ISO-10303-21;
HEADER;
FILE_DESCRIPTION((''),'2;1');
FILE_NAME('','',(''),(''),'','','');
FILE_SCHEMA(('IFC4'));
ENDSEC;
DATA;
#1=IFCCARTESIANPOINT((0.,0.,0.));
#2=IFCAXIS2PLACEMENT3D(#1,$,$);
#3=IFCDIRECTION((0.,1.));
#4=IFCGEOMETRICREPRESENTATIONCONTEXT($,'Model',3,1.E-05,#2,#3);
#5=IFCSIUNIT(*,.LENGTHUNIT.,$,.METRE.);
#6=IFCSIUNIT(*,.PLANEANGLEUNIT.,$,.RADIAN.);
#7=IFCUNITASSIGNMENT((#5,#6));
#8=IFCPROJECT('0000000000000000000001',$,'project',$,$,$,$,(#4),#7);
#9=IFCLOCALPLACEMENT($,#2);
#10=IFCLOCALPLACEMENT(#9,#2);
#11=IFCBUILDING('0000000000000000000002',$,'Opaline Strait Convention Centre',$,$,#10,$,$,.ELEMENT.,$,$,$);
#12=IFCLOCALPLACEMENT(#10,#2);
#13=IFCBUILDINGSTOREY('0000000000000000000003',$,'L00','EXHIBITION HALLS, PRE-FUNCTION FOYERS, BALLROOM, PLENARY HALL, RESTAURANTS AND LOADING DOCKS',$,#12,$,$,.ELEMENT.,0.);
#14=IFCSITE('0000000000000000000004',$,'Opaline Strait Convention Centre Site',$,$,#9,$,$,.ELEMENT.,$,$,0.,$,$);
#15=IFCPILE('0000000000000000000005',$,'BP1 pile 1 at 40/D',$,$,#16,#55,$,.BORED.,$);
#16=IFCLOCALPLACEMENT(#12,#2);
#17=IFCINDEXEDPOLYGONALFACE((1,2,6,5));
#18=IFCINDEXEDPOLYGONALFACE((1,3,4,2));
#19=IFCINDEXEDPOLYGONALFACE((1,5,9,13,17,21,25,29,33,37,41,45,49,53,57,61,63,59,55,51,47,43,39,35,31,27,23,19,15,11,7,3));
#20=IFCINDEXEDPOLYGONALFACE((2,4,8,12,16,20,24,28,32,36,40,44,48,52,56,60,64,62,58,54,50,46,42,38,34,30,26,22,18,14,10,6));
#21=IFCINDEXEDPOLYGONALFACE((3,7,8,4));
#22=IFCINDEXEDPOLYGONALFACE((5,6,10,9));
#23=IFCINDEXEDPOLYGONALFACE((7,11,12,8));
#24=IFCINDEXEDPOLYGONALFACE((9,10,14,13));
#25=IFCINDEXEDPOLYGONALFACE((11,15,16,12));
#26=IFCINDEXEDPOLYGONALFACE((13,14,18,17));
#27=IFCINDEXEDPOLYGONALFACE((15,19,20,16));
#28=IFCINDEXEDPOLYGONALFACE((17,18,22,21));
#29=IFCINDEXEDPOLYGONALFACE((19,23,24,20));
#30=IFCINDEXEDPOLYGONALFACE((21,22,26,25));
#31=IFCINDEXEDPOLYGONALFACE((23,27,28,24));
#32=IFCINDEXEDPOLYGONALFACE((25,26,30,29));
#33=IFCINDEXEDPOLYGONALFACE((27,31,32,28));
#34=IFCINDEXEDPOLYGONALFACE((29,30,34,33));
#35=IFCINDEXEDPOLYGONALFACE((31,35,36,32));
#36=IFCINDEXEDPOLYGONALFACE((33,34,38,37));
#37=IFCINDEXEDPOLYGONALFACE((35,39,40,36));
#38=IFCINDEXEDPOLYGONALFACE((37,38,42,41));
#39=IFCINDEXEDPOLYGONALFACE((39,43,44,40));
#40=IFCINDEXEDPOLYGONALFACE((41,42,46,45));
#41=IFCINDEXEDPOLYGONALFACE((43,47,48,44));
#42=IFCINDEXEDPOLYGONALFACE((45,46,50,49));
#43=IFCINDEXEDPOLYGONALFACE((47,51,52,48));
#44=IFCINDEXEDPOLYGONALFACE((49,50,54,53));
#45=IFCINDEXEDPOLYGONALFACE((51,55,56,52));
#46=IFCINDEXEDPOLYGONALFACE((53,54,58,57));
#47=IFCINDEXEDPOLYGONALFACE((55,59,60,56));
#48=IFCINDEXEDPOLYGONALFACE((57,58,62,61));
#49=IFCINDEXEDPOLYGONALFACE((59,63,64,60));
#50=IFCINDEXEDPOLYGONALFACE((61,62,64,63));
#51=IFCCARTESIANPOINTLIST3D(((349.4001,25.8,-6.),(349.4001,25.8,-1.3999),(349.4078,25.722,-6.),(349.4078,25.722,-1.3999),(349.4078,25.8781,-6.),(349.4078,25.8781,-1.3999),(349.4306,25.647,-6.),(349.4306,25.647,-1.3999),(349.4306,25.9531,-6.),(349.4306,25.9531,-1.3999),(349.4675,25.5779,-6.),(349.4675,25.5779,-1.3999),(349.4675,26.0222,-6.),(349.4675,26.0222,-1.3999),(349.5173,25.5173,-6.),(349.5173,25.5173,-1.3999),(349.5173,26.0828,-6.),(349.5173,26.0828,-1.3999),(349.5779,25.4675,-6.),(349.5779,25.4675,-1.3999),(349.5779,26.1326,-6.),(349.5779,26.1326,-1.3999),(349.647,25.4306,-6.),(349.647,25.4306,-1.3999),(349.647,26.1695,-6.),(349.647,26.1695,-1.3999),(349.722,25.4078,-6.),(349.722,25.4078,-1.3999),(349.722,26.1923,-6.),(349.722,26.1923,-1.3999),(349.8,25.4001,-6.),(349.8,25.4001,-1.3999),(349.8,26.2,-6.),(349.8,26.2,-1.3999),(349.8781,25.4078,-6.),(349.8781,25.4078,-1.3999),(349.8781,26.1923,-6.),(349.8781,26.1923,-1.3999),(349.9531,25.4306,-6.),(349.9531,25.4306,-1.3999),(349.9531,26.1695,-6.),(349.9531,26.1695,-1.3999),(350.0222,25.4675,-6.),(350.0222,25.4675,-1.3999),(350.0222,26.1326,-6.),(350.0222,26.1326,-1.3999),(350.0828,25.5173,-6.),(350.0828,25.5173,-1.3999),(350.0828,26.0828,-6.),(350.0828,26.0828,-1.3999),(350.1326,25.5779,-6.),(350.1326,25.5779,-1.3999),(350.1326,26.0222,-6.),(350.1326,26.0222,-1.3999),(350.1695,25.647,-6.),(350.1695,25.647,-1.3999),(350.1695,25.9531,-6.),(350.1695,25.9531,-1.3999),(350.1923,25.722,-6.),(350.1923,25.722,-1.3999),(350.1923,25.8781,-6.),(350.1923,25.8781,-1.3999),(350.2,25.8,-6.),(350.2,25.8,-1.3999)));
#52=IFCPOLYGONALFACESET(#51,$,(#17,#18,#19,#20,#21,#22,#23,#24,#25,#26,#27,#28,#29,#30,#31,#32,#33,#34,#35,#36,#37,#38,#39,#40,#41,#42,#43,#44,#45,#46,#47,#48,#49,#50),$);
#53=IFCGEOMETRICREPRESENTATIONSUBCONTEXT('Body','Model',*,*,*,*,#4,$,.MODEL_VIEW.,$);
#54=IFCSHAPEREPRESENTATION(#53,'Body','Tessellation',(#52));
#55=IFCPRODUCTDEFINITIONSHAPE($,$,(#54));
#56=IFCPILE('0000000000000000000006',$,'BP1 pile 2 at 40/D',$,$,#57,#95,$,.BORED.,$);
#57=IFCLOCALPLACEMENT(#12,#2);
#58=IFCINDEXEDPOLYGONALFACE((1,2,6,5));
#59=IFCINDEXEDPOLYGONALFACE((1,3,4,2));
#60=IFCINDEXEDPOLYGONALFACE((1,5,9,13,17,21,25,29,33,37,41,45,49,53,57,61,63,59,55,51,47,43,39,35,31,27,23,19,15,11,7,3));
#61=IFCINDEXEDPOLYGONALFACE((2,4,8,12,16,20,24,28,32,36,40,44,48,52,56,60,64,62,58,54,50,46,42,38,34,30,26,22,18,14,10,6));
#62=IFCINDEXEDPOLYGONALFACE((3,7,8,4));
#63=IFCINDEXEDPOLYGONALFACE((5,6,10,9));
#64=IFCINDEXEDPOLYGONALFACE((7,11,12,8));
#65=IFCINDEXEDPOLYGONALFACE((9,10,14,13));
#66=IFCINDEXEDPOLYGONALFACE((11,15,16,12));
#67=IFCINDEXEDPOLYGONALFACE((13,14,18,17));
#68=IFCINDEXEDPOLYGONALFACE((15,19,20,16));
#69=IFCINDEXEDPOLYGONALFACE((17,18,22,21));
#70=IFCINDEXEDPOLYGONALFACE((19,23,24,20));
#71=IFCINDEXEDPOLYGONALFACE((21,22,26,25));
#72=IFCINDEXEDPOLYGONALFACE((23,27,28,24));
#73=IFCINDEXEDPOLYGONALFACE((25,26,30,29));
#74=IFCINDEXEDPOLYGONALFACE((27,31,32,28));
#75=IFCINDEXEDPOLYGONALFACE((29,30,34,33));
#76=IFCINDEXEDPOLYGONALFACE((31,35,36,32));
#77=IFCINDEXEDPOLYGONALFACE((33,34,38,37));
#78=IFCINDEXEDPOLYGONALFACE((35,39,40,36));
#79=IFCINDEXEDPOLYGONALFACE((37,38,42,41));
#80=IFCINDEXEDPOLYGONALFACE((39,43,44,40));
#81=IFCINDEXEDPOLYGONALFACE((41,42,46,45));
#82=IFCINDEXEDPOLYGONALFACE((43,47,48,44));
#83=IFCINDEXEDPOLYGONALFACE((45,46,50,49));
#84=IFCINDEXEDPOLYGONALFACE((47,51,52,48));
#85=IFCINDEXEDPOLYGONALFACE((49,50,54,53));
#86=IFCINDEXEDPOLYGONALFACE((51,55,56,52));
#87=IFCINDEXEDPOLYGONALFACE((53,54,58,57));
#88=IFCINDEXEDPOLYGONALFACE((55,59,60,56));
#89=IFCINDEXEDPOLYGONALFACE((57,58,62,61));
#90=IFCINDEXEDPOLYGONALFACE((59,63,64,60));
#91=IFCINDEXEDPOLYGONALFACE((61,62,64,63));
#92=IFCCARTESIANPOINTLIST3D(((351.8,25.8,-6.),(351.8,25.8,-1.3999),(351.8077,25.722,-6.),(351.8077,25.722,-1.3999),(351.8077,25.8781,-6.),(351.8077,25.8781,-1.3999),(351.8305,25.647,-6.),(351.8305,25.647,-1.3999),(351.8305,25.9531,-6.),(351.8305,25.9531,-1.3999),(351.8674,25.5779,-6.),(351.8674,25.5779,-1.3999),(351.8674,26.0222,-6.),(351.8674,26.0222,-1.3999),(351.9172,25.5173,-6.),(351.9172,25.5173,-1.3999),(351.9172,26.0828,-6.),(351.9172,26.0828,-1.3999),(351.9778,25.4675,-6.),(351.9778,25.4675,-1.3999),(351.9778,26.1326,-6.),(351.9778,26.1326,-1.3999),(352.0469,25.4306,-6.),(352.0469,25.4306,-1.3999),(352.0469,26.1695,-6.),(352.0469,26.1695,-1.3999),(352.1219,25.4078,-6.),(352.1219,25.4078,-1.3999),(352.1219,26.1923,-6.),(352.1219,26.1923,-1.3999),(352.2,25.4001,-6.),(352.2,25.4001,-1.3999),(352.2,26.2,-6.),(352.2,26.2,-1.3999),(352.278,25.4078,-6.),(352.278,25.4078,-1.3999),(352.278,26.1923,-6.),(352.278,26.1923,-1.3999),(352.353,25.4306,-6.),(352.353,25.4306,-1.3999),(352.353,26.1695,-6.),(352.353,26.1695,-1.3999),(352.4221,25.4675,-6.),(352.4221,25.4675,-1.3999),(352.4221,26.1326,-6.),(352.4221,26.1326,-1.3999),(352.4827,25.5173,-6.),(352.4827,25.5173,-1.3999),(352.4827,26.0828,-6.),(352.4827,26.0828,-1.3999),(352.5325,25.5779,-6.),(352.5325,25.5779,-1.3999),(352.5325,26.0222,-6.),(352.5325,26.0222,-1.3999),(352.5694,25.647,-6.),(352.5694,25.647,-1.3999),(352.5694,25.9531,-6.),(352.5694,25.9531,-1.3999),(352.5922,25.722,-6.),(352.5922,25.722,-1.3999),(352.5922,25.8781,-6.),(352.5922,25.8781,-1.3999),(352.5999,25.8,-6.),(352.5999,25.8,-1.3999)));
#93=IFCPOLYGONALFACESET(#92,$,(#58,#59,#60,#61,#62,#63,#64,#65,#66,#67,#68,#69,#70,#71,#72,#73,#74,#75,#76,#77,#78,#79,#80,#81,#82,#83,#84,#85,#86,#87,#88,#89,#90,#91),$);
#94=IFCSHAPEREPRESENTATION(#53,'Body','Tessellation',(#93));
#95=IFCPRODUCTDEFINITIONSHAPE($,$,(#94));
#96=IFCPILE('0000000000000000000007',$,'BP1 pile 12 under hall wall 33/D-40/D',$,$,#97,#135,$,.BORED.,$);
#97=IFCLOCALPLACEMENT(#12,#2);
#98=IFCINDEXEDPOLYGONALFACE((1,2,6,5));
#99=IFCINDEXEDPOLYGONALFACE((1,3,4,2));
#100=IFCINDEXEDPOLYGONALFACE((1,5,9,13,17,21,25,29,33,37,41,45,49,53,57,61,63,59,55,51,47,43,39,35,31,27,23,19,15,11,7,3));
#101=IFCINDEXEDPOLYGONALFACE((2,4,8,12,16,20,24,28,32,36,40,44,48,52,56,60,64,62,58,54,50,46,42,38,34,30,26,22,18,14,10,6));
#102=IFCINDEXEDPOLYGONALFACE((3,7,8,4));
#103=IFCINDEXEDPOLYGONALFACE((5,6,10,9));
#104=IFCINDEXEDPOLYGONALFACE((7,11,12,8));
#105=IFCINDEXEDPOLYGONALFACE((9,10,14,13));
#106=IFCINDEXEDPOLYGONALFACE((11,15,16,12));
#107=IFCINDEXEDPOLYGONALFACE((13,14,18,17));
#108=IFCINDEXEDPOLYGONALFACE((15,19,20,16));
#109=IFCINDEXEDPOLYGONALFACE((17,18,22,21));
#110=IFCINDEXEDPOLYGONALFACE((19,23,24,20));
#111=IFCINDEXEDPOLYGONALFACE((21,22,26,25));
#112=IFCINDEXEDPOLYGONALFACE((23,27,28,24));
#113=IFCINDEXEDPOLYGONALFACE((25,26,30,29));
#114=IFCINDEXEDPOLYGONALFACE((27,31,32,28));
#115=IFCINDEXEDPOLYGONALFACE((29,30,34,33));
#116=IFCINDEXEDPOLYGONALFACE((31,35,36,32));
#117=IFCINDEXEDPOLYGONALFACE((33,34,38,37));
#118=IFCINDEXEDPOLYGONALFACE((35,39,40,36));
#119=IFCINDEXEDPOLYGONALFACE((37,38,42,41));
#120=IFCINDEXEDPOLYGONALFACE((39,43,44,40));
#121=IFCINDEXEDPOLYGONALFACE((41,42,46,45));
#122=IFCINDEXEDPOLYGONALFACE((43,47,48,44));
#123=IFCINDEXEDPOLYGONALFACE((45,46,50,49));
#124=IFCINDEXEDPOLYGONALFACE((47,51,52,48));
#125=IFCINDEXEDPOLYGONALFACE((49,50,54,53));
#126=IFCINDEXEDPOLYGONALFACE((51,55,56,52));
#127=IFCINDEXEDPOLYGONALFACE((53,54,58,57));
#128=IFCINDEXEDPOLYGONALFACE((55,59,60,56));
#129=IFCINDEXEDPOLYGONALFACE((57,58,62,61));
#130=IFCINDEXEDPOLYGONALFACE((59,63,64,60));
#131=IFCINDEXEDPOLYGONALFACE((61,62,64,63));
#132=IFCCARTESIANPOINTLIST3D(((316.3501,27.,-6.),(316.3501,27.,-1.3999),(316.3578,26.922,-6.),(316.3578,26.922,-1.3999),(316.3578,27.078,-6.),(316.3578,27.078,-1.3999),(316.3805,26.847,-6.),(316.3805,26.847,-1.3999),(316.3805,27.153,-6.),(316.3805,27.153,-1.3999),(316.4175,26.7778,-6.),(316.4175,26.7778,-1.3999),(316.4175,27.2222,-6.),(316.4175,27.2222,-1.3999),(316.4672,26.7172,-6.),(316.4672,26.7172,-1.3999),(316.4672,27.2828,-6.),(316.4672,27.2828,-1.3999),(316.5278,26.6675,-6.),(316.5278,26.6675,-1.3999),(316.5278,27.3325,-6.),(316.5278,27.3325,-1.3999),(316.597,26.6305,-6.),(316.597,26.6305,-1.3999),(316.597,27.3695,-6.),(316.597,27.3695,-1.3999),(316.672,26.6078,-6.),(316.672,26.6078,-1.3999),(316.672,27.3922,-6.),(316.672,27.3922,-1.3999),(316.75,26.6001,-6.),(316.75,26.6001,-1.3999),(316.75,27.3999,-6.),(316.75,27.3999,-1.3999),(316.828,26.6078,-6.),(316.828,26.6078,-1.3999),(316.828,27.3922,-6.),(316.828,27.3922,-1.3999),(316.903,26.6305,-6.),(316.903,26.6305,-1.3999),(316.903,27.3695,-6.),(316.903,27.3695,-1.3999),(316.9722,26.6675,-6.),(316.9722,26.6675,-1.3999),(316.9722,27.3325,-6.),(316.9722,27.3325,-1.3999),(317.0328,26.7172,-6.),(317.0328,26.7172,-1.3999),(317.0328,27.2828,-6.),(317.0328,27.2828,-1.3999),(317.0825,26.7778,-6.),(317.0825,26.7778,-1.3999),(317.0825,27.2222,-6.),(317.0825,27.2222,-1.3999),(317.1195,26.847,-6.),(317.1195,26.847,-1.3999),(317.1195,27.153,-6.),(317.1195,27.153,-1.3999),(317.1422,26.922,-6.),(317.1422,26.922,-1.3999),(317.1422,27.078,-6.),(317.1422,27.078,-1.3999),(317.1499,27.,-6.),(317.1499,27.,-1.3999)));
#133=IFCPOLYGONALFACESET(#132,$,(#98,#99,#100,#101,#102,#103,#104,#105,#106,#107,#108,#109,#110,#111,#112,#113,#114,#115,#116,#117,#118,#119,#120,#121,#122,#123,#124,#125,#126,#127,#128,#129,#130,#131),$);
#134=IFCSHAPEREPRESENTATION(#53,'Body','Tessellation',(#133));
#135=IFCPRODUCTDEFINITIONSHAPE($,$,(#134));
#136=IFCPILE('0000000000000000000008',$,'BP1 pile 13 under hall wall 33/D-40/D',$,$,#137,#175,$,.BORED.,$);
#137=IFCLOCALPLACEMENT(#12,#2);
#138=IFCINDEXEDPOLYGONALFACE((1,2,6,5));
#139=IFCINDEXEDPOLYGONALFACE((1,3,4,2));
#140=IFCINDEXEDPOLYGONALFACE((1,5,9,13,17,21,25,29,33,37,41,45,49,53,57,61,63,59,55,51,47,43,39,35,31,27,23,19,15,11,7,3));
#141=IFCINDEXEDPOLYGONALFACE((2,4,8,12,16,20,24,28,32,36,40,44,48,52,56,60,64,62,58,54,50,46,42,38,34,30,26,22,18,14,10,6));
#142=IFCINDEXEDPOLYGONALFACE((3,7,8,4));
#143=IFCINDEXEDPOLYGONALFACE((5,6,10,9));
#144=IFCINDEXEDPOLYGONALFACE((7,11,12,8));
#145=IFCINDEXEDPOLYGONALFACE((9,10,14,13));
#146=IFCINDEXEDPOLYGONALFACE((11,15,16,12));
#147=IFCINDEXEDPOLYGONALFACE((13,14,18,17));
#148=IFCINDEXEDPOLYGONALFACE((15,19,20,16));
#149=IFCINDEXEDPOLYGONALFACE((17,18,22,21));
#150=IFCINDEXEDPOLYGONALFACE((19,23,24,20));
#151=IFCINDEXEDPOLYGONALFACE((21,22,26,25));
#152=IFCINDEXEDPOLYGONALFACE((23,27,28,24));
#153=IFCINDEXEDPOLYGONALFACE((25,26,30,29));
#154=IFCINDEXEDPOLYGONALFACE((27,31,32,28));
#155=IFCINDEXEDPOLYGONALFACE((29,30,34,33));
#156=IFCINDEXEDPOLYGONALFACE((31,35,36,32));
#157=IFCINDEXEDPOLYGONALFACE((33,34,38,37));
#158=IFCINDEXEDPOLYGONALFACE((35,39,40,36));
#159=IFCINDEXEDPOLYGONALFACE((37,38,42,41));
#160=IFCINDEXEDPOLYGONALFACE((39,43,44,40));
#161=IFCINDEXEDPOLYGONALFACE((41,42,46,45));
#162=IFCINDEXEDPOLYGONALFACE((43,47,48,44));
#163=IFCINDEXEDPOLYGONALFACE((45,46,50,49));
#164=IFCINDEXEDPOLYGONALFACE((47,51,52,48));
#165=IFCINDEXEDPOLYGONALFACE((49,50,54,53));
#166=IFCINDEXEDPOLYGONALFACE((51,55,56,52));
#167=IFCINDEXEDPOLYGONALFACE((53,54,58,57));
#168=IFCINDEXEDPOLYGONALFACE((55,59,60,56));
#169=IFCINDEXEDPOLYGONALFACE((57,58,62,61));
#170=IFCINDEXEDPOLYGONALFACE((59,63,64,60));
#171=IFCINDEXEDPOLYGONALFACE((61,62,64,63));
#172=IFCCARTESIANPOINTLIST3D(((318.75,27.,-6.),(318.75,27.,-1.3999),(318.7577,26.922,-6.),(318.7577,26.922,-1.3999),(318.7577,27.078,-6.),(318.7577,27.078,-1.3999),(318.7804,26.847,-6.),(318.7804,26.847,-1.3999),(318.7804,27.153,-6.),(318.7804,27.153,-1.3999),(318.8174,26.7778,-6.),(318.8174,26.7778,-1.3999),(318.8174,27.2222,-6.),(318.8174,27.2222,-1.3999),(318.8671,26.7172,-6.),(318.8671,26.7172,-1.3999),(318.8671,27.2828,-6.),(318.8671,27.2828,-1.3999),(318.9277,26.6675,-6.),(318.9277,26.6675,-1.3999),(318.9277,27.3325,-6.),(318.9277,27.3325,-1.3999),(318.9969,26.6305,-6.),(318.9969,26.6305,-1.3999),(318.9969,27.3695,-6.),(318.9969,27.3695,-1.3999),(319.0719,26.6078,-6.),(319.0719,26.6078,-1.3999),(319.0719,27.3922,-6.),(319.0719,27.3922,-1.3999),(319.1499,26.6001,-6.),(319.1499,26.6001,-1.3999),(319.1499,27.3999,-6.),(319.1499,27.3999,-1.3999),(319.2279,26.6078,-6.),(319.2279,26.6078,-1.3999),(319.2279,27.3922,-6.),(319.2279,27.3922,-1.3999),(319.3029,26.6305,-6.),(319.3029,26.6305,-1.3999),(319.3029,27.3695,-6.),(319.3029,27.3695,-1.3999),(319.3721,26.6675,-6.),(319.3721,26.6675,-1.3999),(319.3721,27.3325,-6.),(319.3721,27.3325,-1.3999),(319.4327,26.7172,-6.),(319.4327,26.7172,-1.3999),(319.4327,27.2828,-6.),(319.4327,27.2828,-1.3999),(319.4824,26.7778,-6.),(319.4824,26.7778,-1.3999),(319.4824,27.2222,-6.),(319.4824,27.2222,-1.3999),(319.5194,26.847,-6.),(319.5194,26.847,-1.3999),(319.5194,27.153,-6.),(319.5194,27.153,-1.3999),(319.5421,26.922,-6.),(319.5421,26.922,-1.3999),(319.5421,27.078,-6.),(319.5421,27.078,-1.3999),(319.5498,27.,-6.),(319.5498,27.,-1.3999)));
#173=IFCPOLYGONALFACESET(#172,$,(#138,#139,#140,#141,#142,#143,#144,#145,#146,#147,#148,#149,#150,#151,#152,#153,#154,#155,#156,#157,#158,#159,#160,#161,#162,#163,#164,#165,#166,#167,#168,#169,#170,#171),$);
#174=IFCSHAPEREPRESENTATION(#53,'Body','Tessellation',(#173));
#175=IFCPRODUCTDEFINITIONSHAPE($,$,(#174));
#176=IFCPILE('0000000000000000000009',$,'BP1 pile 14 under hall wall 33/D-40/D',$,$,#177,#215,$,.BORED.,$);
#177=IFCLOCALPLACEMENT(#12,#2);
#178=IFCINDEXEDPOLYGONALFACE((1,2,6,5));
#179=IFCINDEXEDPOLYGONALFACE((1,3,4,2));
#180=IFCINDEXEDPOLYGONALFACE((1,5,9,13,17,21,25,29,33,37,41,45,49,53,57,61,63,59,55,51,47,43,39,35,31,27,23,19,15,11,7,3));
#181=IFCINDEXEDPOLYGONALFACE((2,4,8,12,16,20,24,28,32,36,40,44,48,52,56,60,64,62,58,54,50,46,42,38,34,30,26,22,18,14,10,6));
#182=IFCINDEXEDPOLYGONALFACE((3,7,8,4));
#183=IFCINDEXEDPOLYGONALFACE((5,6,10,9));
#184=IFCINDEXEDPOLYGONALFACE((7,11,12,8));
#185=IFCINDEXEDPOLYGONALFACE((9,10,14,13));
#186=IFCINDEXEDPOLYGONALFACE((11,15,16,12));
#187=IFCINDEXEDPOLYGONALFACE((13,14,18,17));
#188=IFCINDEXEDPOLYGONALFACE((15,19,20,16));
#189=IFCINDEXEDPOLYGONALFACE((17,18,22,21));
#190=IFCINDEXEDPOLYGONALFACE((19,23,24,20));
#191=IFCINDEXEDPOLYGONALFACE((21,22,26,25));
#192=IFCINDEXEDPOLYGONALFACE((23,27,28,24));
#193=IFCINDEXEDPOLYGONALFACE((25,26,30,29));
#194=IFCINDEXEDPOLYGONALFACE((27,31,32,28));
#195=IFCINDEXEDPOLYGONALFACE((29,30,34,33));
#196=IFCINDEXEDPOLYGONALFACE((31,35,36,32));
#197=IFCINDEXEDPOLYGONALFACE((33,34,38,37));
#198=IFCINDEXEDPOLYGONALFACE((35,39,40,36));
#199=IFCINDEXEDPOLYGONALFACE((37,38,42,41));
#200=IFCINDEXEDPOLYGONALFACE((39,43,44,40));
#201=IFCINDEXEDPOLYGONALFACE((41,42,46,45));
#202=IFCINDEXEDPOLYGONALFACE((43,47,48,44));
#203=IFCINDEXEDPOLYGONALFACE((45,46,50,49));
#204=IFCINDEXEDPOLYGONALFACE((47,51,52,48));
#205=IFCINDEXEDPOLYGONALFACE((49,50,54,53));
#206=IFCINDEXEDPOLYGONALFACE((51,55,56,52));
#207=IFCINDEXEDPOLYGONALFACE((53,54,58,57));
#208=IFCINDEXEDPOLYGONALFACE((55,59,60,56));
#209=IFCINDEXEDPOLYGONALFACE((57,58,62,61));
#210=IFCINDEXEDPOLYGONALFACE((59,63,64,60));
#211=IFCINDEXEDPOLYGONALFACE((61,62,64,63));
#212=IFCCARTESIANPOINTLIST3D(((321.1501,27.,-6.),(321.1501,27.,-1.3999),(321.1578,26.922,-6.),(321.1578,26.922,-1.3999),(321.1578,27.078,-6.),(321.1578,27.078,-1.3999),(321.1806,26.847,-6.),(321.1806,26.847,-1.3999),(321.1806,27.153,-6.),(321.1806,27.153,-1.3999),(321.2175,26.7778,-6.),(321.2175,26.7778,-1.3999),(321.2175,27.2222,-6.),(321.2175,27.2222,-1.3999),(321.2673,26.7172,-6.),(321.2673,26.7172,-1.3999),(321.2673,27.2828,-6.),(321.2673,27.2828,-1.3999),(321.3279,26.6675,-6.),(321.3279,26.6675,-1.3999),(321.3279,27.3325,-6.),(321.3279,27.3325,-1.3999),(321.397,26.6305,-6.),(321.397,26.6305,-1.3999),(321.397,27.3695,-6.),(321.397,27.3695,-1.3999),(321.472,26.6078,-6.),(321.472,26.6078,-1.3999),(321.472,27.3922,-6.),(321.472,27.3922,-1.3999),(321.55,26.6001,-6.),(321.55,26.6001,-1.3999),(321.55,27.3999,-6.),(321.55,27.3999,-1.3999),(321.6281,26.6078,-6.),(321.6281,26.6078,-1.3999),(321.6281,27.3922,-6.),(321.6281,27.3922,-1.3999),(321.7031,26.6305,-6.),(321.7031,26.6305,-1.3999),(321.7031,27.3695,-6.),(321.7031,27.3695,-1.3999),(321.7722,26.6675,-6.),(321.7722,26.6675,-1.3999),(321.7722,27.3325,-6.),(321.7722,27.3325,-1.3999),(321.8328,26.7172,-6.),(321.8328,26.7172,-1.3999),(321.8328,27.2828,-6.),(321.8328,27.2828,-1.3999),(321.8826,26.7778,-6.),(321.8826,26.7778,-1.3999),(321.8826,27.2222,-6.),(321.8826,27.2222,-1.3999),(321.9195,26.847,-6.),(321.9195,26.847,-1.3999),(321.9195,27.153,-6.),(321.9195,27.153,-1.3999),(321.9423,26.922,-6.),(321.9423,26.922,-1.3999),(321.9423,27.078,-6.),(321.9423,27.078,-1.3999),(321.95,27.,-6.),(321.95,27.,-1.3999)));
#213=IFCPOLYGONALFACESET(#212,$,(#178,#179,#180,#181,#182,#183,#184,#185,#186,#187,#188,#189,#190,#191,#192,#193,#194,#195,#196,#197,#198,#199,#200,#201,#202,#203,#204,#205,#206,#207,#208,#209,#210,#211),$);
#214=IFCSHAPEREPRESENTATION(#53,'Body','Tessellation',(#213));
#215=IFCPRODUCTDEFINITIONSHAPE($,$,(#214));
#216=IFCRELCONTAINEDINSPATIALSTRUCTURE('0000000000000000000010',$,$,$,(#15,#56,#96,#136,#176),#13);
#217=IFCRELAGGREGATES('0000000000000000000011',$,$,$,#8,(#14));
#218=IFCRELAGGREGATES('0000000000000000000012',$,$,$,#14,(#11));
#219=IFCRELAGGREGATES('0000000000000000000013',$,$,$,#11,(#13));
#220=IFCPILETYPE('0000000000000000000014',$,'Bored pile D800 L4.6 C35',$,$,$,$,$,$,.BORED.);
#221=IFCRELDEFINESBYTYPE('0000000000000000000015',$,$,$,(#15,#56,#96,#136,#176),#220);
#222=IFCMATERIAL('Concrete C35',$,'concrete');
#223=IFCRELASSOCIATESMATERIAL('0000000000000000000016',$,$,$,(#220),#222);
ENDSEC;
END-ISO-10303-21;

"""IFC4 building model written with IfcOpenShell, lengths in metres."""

from ifc_helpers import new_model, si_unit, direction, frame, origin, origin_2d, place, context, subcontext, project, spatial, circle, extrude, material, material_profile, profile_set, type_object, element, save


model = new_model("IFC4")

# Units and contexts
model_context = context("Model", 3, precision=1e-05, world=origin(), true_north=direction((0.0, 1.0)))
body_context = subcontext(model_context, "Body", "Model", "MODEL_VIEW")
ifc_project = project(units=[si_unit("LENGTHUNIT", "METRE"), si_unit("PLANEANGLEUNIT", "RADIAN")], contexts=[model_context])

# Site, building, storey
site_placement = place(None, origin())
site = spatial("IfcSite", under=ifc_project, at=site_placement, Name="Opaline Strait Convention Centre Site", CompositionType="ELEMENT", RefElevation=0.0)
building_placement = place(site_placement, origin())
building = spatial("IfcBuilding", under=site, at=building_placement, Name="Opaline Strait Convention Centre", CompositionType="ELEMENT")
storey_placement = place(building_placement, origin())
storey = spatial("IfcBuildingStorey", under=building, at=storey_placement, Name="L00", Description="EXHIBITION HALLS, PRE-FUNCTION FOYERS, BALLROOM, PLENARY HALL, RESTAURANTS AND LOADING DOCKS", CompositionType="ELEMENT", Elevation=0.0)

# Piles
ifc_material_1 = material(Name="Concrete C35", Category="concrete")
ifc_material_profile = material_profile(ifc_material_1, circle(Radius=0.3999, at=origin_2d()), Name="D800")
ifc_profile_set = profile_set([ifc_material_profile], Name="Concrete C35")
pile_type = type_object("IfcPileType", Name="Bored pile D800 L4.6 C35", PredefinedType="BORED", material=ifc_profile_set)
for number, where, z_axis, x_axis, name in (
    (1, (349.8, 25.8, -1.3999), (0.0, 0.0, -1.0), (1.0, 0.0, 0.0), "BP1 pile 1 at 40/D"),
    (2, (352.2, 25.8, -1.3999), (0.0, 0.0, -1.0), (1.0, 0.0, 0.0), "BP1 pile 2 at 40/D"),
    (3, (316.75, 27.0, -1.3999), (0.0, 0.0, -1.0), (1.0, 0.0, 0.0), "BP1 pile 12 under hall wall 33/D-40/D"),
    (4, (319.1499, 27.0, -1.3999), (0.0, 0.0, -1.0), (1.0, 0.0, 0.0), "BP1 pile 13 under hall wall 33/D-40/D"),
    (5, (321.55, 27.0, -1.3999), (0.0, 0.0, -1.0), (1.0, 0.0, 0.0), "BP1 pile 14 under hall wall 33/D-40/D"),
):
    element("IfcPile", number, at=place(storey_placement, frame(where, z_axis=z_axis, x_axis=x_axis)), inside=storey, type_object=pile_type, Name=name, PredefinedType="BORED", context=body_context, shape_type="SweptSolid", body=[
        extrude(circle(Radius=0.3999, at=origin_2d()), origin(), (0.0, 0.0, 1.0), 4.6001),
    ])

save(model, "model.ifc")
